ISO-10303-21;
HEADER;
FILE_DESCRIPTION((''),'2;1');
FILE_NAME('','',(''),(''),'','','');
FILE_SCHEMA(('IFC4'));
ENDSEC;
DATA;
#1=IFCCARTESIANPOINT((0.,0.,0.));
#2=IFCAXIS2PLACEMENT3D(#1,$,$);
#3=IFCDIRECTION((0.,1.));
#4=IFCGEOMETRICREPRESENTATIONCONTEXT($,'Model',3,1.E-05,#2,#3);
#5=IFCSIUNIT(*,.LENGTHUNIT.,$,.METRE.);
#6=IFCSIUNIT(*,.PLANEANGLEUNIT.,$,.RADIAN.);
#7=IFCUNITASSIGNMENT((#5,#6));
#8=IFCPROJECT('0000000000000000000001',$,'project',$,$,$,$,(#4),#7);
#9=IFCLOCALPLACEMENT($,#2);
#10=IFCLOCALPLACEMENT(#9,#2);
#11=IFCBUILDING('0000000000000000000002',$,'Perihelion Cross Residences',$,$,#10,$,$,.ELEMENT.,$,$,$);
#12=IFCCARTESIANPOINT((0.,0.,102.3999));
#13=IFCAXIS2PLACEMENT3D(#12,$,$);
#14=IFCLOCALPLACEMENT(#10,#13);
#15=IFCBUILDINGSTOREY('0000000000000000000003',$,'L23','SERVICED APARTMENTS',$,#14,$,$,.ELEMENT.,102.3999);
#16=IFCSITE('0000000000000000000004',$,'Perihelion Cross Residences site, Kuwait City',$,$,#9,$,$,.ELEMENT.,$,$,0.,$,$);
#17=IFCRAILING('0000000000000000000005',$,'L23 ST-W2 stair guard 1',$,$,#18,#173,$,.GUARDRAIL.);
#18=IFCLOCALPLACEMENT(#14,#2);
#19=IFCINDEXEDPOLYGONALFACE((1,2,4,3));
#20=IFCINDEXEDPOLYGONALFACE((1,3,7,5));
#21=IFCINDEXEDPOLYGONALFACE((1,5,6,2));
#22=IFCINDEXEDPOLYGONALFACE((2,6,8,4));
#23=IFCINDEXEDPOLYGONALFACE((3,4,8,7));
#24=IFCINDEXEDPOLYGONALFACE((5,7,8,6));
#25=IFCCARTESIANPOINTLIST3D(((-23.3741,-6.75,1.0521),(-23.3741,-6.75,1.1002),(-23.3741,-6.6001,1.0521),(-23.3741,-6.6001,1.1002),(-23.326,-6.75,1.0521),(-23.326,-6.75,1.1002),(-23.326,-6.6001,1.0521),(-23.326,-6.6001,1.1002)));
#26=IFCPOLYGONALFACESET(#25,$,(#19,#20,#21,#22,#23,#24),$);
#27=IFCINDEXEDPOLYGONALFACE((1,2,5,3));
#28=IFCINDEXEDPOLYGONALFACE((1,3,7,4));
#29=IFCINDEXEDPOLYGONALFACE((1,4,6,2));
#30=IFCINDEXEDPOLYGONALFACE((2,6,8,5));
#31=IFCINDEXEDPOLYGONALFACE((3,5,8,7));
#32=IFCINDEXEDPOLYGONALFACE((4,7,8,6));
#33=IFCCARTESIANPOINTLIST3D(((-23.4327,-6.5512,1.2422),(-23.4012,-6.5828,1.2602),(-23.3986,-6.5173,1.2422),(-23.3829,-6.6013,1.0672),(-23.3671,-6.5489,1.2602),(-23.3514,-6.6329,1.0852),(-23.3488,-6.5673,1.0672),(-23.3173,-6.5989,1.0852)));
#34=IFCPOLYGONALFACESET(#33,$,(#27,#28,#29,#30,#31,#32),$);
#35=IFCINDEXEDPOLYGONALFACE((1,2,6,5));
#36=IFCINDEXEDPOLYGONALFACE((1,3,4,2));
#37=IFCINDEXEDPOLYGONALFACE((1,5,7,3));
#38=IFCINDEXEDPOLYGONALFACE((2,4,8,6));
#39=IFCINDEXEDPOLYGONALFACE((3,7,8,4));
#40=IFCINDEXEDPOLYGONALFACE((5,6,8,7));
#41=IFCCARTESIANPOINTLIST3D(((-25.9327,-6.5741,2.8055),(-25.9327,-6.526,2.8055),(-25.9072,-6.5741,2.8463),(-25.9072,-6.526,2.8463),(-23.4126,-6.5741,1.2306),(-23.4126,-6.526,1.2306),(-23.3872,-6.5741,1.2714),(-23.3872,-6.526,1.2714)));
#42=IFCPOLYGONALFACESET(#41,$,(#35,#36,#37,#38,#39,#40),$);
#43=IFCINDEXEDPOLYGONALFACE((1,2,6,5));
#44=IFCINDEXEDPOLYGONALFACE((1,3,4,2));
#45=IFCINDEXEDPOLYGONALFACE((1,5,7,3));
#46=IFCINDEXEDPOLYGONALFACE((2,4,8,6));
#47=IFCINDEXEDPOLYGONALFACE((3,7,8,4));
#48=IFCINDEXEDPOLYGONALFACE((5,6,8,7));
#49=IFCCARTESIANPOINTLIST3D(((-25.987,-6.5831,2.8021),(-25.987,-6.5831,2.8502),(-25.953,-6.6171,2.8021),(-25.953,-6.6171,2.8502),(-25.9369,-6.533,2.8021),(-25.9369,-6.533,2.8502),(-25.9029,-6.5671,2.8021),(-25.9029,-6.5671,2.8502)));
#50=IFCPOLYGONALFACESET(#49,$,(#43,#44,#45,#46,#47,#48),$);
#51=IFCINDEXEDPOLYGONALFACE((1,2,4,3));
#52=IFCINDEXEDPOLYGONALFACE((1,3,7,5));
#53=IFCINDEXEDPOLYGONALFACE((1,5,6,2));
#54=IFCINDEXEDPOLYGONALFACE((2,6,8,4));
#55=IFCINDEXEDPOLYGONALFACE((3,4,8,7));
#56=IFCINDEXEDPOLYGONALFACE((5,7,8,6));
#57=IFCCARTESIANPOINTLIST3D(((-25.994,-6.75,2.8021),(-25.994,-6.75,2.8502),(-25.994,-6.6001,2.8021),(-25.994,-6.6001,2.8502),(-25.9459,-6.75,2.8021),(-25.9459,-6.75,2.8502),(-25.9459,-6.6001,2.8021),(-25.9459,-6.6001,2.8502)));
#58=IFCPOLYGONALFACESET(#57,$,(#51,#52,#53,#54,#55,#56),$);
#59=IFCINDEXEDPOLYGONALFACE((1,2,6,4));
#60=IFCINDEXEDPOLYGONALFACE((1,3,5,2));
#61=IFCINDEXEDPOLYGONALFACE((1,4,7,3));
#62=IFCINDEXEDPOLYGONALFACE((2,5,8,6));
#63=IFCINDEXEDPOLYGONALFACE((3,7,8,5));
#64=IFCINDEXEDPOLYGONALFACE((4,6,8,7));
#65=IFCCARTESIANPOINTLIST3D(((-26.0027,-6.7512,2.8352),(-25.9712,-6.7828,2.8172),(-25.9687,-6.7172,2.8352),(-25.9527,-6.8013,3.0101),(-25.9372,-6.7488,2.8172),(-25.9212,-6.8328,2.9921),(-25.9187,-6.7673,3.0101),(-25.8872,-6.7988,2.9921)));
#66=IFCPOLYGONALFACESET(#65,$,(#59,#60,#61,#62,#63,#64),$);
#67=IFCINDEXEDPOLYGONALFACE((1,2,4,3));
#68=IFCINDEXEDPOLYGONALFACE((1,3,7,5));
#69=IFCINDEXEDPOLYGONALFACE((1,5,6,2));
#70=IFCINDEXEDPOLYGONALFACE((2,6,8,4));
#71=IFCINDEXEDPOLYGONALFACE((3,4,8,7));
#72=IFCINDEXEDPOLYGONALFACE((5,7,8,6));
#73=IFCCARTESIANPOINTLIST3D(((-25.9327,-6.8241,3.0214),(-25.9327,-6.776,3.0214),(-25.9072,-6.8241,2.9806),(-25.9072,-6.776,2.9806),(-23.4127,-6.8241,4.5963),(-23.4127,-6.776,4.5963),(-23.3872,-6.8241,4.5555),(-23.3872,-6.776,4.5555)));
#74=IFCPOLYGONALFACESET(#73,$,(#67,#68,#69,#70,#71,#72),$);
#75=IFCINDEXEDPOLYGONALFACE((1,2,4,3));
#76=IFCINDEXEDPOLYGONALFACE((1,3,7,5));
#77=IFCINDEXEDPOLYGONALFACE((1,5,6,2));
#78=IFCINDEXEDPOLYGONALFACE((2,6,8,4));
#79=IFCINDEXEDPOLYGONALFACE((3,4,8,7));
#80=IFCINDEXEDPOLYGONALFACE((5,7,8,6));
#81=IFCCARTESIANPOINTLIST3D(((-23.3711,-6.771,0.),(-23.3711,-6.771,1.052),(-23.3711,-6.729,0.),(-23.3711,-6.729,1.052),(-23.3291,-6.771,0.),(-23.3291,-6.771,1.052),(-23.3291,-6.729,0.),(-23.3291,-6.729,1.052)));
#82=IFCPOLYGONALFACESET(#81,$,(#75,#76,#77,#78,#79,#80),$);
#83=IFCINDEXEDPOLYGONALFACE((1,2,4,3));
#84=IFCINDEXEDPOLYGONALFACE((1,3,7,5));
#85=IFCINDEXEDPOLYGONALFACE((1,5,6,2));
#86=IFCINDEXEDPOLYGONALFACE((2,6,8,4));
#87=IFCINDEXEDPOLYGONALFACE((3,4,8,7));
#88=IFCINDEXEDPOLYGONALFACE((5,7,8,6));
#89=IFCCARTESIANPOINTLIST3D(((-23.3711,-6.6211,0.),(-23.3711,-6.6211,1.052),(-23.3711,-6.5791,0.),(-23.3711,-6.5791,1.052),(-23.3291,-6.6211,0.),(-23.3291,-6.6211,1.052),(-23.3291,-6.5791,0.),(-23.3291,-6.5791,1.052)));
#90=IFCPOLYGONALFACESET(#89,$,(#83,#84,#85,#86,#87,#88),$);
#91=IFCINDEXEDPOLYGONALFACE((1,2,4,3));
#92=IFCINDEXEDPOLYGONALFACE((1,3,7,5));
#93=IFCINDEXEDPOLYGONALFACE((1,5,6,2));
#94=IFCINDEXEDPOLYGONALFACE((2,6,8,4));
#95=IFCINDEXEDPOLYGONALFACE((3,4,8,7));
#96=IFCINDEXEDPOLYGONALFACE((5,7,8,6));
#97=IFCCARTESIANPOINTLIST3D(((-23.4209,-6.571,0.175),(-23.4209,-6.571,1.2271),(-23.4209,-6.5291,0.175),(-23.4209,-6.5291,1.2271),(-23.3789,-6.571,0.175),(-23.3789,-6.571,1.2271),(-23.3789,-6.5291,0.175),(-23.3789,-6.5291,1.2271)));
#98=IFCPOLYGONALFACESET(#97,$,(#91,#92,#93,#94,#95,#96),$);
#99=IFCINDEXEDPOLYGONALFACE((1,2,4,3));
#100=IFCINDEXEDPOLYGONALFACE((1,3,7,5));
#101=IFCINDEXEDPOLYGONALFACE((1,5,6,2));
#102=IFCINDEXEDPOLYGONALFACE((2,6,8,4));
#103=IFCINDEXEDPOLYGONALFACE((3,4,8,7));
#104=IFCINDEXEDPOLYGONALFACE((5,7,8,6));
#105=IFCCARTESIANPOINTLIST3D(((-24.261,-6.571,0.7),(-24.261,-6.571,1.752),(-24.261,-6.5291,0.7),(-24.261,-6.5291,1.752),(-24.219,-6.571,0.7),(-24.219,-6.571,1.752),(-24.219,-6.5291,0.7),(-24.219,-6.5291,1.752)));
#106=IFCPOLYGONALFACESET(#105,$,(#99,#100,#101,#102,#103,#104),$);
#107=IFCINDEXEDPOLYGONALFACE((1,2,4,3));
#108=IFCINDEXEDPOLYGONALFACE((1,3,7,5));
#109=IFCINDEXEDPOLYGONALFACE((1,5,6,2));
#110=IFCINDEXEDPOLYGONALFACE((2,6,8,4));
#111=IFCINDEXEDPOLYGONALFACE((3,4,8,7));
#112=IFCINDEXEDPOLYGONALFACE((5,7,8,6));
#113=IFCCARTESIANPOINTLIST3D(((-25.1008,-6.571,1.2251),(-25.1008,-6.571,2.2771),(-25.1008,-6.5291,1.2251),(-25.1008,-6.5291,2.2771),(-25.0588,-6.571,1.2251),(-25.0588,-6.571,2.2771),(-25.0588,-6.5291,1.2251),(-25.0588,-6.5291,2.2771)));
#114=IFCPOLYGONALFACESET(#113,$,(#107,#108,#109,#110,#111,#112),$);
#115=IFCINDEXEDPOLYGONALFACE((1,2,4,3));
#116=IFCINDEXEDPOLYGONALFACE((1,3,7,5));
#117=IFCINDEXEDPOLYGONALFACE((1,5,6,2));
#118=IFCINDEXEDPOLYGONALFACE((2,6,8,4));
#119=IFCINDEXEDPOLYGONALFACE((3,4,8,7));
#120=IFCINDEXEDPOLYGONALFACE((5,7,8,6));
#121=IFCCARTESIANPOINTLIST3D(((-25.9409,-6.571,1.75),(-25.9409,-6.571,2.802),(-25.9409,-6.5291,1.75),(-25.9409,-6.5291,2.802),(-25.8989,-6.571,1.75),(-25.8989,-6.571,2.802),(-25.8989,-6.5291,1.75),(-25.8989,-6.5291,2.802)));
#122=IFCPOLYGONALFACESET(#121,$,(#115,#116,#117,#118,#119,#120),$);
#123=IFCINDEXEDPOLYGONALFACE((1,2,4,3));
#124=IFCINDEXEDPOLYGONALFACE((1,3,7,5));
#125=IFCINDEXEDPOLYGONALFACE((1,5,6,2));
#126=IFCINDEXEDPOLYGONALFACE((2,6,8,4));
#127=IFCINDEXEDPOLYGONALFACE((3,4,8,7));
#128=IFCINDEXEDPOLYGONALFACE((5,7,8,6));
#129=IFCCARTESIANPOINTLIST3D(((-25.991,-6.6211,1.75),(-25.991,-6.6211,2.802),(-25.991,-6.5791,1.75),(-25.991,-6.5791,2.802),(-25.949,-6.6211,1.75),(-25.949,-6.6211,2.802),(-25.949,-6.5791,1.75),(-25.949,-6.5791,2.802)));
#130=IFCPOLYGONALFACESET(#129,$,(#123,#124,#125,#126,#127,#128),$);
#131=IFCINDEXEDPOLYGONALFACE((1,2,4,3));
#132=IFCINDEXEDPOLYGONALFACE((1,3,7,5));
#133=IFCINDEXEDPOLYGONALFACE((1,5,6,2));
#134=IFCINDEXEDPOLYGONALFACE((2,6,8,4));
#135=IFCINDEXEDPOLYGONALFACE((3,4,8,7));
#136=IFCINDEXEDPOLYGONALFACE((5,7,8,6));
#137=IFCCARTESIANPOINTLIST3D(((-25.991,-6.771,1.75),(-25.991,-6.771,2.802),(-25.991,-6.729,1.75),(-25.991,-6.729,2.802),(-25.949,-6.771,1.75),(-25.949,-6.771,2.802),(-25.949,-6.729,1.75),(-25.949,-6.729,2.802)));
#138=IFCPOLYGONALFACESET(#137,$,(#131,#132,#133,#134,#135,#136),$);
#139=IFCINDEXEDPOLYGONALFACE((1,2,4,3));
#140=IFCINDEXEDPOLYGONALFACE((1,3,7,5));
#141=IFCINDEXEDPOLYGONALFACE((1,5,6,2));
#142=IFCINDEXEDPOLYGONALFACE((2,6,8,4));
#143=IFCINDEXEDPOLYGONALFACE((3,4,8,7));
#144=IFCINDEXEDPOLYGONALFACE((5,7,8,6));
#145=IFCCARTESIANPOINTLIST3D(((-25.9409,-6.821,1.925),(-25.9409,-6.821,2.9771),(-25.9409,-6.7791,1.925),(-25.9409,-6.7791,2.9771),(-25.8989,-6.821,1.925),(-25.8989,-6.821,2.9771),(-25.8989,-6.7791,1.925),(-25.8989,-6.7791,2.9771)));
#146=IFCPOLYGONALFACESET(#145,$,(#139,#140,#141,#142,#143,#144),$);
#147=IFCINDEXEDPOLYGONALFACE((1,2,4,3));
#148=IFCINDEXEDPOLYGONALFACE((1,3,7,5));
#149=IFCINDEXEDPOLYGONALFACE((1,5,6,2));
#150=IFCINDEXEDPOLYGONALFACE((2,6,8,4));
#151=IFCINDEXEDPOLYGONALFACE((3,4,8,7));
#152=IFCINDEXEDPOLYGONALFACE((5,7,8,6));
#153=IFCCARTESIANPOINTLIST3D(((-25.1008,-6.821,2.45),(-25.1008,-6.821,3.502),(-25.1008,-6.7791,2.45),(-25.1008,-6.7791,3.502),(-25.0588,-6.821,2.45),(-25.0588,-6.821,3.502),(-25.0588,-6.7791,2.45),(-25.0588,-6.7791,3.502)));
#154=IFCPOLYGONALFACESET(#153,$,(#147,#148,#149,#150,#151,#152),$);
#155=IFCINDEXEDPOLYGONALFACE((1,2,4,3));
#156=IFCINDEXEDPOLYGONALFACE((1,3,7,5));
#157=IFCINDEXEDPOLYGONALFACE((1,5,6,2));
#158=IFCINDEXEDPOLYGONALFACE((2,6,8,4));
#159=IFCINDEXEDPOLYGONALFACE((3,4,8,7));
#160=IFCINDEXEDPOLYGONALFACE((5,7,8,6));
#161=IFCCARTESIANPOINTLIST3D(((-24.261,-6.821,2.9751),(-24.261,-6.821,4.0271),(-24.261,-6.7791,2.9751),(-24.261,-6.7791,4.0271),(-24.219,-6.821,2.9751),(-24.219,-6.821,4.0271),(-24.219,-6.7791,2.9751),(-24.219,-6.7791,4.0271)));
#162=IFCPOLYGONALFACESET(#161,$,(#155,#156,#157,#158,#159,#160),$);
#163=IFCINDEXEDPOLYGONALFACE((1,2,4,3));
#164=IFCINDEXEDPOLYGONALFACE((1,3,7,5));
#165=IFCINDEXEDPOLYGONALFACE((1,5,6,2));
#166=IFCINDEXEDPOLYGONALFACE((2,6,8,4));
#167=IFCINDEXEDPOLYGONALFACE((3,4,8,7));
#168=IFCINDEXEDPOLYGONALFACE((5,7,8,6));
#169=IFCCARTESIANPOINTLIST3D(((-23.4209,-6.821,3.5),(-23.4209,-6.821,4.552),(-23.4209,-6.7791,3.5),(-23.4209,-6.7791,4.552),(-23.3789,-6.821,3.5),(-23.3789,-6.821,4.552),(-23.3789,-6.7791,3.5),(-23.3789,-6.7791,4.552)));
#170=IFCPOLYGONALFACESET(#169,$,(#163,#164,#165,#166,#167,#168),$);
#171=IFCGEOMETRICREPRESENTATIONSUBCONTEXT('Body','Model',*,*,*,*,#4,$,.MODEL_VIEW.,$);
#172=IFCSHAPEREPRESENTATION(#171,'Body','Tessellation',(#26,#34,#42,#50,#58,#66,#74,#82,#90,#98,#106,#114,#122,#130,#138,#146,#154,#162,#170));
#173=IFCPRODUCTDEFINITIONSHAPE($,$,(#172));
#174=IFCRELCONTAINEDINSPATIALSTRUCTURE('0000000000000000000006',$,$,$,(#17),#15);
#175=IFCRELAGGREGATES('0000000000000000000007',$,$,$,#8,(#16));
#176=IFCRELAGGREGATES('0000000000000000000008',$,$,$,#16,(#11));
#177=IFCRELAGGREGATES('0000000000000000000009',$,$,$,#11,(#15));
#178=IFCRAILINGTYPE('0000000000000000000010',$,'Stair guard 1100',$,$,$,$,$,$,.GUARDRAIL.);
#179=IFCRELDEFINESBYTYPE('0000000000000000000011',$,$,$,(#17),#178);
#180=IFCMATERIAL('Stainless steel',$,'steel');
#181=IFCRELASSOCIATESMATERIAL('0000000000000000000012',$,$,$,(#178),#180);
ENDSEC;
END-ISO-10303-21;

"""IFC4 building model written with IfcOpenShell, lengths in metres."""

from ifc_helpers import new_model, si_unit, direction, frame, origin, origin_2d, place, context, subcontext, project, spatial, rectangle, extrude, material, type_object, element, save


model = new_model("IFC4")

# Units and contexts
model_context = context("Model", 3, precision=1e-05, world=origin(), true_north=direction((0.0, 1.0)))
body_context = subcontext(model_context, "Body", "Model", "MODEL_VIEW")
ifc_project = project(units=[si_unit("LENGTHUNIT", "METRE"), si_unit("PLANEANGLEUNIT", "RADIAN")], contexts=[model_context])

# Site, building, storey
site_placement = place(None, origin())
site = spatial("IfcSite", under=ifc_project, at=site_placement, Name="Perihelion Cross Residences site, Kuwait City", CompositionType="ELEMENT", RefElevation=0.0)
building_placement = place(site_placement, origin())
building = spatial("IfcBuilding", under=site, at=building_placement, Name="Perihelion Cross Residences", CompositionType="ELEMENT")
storey_placement = place(building_placement, frame((0.0, 0.0, 102.3999)))
storey = spatial("IfcBuildingStorey", under=building, at=storey_placement, Name="L23", Description="SERVICED APARTMENTS", CompositionType="ELEMENT", Elevation=102.3999)

# Railing
ifc_material_1 = material(Name="Stainless steel", Category="steel")
railing_type_1 = type_object("IfcRailingType", Name="Stair guard 1100", PredefinedType="GUARDRAIL", material=ifc_material_1)
railing_1_placement = place(storey_placement, frame((-23.3501, -6.75, 0.0)))
element("IfcRailing", 1, at=railing_1_placement, inside=storey, type_object=railing_type_1, Name="L23 ST-W2 stair guard 1", PredefinedType="GUARDRAIL", context=body_context, shape_type="SweptSolid", body=[
    extrude(rectangle(XDim=0.0481, YDim=0.0481, at=origin_2d()), frame((0.0, 0.0, 1.0762), z_axis=(0.0, 1.0, 0.0), x_axis=(-1.0, 0.0, 0.0)), (0.0, 0.0, 1.0), 0.1499),
    extrude(rectangle(XDim=0.0481, YDim=0.0481, at=origin_2d()), frame((0.0, 0.1499, 1.0762), z_axis=(-0.263862, 0.265156, 0.927399), x_axis=(-0.708834, -0.705376, 0.0)), (0.0, 0.0, 1.0), 0.1887),
    extrude(rectangle(XDim=0.0481, YDim=0.0481, at=origin_2d()), frame((-0.0498, 0.2, 1.251), z_axis=(-0.848008, 0.0, 0.529984), x_axis=(0.0, -1.0, 0.0)), (0.0, 0.0, 1.0), 2.9717),
    extrude(rectangle(XDim=0.0481, YDim=0.0481, at=origin_2d()), frame((-2.5698, 0.2, 2.8262), z_axis=(-0.707107, -0.707107, 0.0), x_axis=(0.707107, -0.707107, 0.0)), (0.0, 0.0, 1.0), 0.0708),
    extrude(rectangle(XDim=0.0481, YDim=0.0481, at=origin_2d()), frame((-2.6199, 0.1499, 2.8262), z_axis=(0.0, -1.0, 0.0), x_axis=(1.0, 0.0, 0.0)), (0.0, 0.0, 1.0), 0.1499),
    extrude(rectangle(XDim=0.0481, YDim=0.0481, at=origin_2d()), frame((-2.6199, 0.0, 2.8262), z_axis=(0.265065, -0.265065, 0.927082), x_axis=(0.707107, 0.707107, 0.0)), (0.0, 0.0, 1.0), 0.1887),
    extrude(rectangle(XDim=0.0481, YDim=0.0481, at=origin_2d()), frame((-2.5698, -0.05, 3.001), z_axis=(0.848008, 0.0, 0.529984), x_axis=(0.0, 1.0, 0.0)), (0.0, 0.0, 1.0), 2.9717),
    extrude(rectangle(XDim=0.042, YDim=0.042, at=origin_2d()), origin(), (0.0, 0.0, 1.0), 1.052),
    extrude(rectangle(XDim=0.042, YDim=0.042, at=origin_2d()), frame((0.0, 0.1499, 0.0)), (0.0, 0.0, 1.0), 1.052),
    extrude(rectangle(XDim=0.042, YDim=0.042, at=origin_2d()), frame((-0.0498, 0.2, 0.175)), (0.0, 0.0, 1.0), 1.052),
    extrude(rectangle(XDim=0.042, YDim=0.042, at=origin_2d()), frame((-0.8899, 0.2, 0.7)), (0.0, 0.0, 1.0), 1.052),
    extrude(rectangle(XDim=0.042, YDim=0.042, at=origin_2d()), frame((-1.7297, 0.2, 1.2251)), (0.0, 0.0, 1.0), 1.052),
    extrude(rectangle(XDim=0.042, YDim=0.042, at=origin_2d()), frame((-2.5698, 0.2, 1.75)), (0.0, 0.0, 1.0), 1.052),
    extrude(rectangle(XDim=0.042, YDim=0.042, at=origin_2d()), frame((-2.6199, 0.1499, 1.75)), (0.0, 0.0, 1.0), 1.052),
    extrude(rectangle(XDim=0.042, YDim=0.042, at=origin_2d()), frame((-2.6199, 0.0, 1.75)), (0.0, 0.0, 1.0), 1.052),
    extrude(rectangle(XDim=0.042, YDim=0.042, at=origin_2d()), frame((-2.5698, -0.05, 1.925)), (0.0, 0.0, 1.0), 1.052),
    extrude(rectangle(XDim=0.042, YDim=0.042, at=origin_2d()), frame((-1.7297, -0.05, 2.45)), (0.0, 0.0, 1.0), 1.052),
    extrude(rectangle(XDim=0.042, YDim=0.042, at=origin_2d()), frame((-0.8899, -0.05, 2.9751)), (0.0, 0.0, 1.0), 1.052),
    extrude(rectangle(XDim=0.042, YDim=0.042, at=origin_2d()), frame((-0.0498, -0.05, 3.5)), (0.0, 0.0, 1.0), 1.052),
])

save(model, "model.ifc")
